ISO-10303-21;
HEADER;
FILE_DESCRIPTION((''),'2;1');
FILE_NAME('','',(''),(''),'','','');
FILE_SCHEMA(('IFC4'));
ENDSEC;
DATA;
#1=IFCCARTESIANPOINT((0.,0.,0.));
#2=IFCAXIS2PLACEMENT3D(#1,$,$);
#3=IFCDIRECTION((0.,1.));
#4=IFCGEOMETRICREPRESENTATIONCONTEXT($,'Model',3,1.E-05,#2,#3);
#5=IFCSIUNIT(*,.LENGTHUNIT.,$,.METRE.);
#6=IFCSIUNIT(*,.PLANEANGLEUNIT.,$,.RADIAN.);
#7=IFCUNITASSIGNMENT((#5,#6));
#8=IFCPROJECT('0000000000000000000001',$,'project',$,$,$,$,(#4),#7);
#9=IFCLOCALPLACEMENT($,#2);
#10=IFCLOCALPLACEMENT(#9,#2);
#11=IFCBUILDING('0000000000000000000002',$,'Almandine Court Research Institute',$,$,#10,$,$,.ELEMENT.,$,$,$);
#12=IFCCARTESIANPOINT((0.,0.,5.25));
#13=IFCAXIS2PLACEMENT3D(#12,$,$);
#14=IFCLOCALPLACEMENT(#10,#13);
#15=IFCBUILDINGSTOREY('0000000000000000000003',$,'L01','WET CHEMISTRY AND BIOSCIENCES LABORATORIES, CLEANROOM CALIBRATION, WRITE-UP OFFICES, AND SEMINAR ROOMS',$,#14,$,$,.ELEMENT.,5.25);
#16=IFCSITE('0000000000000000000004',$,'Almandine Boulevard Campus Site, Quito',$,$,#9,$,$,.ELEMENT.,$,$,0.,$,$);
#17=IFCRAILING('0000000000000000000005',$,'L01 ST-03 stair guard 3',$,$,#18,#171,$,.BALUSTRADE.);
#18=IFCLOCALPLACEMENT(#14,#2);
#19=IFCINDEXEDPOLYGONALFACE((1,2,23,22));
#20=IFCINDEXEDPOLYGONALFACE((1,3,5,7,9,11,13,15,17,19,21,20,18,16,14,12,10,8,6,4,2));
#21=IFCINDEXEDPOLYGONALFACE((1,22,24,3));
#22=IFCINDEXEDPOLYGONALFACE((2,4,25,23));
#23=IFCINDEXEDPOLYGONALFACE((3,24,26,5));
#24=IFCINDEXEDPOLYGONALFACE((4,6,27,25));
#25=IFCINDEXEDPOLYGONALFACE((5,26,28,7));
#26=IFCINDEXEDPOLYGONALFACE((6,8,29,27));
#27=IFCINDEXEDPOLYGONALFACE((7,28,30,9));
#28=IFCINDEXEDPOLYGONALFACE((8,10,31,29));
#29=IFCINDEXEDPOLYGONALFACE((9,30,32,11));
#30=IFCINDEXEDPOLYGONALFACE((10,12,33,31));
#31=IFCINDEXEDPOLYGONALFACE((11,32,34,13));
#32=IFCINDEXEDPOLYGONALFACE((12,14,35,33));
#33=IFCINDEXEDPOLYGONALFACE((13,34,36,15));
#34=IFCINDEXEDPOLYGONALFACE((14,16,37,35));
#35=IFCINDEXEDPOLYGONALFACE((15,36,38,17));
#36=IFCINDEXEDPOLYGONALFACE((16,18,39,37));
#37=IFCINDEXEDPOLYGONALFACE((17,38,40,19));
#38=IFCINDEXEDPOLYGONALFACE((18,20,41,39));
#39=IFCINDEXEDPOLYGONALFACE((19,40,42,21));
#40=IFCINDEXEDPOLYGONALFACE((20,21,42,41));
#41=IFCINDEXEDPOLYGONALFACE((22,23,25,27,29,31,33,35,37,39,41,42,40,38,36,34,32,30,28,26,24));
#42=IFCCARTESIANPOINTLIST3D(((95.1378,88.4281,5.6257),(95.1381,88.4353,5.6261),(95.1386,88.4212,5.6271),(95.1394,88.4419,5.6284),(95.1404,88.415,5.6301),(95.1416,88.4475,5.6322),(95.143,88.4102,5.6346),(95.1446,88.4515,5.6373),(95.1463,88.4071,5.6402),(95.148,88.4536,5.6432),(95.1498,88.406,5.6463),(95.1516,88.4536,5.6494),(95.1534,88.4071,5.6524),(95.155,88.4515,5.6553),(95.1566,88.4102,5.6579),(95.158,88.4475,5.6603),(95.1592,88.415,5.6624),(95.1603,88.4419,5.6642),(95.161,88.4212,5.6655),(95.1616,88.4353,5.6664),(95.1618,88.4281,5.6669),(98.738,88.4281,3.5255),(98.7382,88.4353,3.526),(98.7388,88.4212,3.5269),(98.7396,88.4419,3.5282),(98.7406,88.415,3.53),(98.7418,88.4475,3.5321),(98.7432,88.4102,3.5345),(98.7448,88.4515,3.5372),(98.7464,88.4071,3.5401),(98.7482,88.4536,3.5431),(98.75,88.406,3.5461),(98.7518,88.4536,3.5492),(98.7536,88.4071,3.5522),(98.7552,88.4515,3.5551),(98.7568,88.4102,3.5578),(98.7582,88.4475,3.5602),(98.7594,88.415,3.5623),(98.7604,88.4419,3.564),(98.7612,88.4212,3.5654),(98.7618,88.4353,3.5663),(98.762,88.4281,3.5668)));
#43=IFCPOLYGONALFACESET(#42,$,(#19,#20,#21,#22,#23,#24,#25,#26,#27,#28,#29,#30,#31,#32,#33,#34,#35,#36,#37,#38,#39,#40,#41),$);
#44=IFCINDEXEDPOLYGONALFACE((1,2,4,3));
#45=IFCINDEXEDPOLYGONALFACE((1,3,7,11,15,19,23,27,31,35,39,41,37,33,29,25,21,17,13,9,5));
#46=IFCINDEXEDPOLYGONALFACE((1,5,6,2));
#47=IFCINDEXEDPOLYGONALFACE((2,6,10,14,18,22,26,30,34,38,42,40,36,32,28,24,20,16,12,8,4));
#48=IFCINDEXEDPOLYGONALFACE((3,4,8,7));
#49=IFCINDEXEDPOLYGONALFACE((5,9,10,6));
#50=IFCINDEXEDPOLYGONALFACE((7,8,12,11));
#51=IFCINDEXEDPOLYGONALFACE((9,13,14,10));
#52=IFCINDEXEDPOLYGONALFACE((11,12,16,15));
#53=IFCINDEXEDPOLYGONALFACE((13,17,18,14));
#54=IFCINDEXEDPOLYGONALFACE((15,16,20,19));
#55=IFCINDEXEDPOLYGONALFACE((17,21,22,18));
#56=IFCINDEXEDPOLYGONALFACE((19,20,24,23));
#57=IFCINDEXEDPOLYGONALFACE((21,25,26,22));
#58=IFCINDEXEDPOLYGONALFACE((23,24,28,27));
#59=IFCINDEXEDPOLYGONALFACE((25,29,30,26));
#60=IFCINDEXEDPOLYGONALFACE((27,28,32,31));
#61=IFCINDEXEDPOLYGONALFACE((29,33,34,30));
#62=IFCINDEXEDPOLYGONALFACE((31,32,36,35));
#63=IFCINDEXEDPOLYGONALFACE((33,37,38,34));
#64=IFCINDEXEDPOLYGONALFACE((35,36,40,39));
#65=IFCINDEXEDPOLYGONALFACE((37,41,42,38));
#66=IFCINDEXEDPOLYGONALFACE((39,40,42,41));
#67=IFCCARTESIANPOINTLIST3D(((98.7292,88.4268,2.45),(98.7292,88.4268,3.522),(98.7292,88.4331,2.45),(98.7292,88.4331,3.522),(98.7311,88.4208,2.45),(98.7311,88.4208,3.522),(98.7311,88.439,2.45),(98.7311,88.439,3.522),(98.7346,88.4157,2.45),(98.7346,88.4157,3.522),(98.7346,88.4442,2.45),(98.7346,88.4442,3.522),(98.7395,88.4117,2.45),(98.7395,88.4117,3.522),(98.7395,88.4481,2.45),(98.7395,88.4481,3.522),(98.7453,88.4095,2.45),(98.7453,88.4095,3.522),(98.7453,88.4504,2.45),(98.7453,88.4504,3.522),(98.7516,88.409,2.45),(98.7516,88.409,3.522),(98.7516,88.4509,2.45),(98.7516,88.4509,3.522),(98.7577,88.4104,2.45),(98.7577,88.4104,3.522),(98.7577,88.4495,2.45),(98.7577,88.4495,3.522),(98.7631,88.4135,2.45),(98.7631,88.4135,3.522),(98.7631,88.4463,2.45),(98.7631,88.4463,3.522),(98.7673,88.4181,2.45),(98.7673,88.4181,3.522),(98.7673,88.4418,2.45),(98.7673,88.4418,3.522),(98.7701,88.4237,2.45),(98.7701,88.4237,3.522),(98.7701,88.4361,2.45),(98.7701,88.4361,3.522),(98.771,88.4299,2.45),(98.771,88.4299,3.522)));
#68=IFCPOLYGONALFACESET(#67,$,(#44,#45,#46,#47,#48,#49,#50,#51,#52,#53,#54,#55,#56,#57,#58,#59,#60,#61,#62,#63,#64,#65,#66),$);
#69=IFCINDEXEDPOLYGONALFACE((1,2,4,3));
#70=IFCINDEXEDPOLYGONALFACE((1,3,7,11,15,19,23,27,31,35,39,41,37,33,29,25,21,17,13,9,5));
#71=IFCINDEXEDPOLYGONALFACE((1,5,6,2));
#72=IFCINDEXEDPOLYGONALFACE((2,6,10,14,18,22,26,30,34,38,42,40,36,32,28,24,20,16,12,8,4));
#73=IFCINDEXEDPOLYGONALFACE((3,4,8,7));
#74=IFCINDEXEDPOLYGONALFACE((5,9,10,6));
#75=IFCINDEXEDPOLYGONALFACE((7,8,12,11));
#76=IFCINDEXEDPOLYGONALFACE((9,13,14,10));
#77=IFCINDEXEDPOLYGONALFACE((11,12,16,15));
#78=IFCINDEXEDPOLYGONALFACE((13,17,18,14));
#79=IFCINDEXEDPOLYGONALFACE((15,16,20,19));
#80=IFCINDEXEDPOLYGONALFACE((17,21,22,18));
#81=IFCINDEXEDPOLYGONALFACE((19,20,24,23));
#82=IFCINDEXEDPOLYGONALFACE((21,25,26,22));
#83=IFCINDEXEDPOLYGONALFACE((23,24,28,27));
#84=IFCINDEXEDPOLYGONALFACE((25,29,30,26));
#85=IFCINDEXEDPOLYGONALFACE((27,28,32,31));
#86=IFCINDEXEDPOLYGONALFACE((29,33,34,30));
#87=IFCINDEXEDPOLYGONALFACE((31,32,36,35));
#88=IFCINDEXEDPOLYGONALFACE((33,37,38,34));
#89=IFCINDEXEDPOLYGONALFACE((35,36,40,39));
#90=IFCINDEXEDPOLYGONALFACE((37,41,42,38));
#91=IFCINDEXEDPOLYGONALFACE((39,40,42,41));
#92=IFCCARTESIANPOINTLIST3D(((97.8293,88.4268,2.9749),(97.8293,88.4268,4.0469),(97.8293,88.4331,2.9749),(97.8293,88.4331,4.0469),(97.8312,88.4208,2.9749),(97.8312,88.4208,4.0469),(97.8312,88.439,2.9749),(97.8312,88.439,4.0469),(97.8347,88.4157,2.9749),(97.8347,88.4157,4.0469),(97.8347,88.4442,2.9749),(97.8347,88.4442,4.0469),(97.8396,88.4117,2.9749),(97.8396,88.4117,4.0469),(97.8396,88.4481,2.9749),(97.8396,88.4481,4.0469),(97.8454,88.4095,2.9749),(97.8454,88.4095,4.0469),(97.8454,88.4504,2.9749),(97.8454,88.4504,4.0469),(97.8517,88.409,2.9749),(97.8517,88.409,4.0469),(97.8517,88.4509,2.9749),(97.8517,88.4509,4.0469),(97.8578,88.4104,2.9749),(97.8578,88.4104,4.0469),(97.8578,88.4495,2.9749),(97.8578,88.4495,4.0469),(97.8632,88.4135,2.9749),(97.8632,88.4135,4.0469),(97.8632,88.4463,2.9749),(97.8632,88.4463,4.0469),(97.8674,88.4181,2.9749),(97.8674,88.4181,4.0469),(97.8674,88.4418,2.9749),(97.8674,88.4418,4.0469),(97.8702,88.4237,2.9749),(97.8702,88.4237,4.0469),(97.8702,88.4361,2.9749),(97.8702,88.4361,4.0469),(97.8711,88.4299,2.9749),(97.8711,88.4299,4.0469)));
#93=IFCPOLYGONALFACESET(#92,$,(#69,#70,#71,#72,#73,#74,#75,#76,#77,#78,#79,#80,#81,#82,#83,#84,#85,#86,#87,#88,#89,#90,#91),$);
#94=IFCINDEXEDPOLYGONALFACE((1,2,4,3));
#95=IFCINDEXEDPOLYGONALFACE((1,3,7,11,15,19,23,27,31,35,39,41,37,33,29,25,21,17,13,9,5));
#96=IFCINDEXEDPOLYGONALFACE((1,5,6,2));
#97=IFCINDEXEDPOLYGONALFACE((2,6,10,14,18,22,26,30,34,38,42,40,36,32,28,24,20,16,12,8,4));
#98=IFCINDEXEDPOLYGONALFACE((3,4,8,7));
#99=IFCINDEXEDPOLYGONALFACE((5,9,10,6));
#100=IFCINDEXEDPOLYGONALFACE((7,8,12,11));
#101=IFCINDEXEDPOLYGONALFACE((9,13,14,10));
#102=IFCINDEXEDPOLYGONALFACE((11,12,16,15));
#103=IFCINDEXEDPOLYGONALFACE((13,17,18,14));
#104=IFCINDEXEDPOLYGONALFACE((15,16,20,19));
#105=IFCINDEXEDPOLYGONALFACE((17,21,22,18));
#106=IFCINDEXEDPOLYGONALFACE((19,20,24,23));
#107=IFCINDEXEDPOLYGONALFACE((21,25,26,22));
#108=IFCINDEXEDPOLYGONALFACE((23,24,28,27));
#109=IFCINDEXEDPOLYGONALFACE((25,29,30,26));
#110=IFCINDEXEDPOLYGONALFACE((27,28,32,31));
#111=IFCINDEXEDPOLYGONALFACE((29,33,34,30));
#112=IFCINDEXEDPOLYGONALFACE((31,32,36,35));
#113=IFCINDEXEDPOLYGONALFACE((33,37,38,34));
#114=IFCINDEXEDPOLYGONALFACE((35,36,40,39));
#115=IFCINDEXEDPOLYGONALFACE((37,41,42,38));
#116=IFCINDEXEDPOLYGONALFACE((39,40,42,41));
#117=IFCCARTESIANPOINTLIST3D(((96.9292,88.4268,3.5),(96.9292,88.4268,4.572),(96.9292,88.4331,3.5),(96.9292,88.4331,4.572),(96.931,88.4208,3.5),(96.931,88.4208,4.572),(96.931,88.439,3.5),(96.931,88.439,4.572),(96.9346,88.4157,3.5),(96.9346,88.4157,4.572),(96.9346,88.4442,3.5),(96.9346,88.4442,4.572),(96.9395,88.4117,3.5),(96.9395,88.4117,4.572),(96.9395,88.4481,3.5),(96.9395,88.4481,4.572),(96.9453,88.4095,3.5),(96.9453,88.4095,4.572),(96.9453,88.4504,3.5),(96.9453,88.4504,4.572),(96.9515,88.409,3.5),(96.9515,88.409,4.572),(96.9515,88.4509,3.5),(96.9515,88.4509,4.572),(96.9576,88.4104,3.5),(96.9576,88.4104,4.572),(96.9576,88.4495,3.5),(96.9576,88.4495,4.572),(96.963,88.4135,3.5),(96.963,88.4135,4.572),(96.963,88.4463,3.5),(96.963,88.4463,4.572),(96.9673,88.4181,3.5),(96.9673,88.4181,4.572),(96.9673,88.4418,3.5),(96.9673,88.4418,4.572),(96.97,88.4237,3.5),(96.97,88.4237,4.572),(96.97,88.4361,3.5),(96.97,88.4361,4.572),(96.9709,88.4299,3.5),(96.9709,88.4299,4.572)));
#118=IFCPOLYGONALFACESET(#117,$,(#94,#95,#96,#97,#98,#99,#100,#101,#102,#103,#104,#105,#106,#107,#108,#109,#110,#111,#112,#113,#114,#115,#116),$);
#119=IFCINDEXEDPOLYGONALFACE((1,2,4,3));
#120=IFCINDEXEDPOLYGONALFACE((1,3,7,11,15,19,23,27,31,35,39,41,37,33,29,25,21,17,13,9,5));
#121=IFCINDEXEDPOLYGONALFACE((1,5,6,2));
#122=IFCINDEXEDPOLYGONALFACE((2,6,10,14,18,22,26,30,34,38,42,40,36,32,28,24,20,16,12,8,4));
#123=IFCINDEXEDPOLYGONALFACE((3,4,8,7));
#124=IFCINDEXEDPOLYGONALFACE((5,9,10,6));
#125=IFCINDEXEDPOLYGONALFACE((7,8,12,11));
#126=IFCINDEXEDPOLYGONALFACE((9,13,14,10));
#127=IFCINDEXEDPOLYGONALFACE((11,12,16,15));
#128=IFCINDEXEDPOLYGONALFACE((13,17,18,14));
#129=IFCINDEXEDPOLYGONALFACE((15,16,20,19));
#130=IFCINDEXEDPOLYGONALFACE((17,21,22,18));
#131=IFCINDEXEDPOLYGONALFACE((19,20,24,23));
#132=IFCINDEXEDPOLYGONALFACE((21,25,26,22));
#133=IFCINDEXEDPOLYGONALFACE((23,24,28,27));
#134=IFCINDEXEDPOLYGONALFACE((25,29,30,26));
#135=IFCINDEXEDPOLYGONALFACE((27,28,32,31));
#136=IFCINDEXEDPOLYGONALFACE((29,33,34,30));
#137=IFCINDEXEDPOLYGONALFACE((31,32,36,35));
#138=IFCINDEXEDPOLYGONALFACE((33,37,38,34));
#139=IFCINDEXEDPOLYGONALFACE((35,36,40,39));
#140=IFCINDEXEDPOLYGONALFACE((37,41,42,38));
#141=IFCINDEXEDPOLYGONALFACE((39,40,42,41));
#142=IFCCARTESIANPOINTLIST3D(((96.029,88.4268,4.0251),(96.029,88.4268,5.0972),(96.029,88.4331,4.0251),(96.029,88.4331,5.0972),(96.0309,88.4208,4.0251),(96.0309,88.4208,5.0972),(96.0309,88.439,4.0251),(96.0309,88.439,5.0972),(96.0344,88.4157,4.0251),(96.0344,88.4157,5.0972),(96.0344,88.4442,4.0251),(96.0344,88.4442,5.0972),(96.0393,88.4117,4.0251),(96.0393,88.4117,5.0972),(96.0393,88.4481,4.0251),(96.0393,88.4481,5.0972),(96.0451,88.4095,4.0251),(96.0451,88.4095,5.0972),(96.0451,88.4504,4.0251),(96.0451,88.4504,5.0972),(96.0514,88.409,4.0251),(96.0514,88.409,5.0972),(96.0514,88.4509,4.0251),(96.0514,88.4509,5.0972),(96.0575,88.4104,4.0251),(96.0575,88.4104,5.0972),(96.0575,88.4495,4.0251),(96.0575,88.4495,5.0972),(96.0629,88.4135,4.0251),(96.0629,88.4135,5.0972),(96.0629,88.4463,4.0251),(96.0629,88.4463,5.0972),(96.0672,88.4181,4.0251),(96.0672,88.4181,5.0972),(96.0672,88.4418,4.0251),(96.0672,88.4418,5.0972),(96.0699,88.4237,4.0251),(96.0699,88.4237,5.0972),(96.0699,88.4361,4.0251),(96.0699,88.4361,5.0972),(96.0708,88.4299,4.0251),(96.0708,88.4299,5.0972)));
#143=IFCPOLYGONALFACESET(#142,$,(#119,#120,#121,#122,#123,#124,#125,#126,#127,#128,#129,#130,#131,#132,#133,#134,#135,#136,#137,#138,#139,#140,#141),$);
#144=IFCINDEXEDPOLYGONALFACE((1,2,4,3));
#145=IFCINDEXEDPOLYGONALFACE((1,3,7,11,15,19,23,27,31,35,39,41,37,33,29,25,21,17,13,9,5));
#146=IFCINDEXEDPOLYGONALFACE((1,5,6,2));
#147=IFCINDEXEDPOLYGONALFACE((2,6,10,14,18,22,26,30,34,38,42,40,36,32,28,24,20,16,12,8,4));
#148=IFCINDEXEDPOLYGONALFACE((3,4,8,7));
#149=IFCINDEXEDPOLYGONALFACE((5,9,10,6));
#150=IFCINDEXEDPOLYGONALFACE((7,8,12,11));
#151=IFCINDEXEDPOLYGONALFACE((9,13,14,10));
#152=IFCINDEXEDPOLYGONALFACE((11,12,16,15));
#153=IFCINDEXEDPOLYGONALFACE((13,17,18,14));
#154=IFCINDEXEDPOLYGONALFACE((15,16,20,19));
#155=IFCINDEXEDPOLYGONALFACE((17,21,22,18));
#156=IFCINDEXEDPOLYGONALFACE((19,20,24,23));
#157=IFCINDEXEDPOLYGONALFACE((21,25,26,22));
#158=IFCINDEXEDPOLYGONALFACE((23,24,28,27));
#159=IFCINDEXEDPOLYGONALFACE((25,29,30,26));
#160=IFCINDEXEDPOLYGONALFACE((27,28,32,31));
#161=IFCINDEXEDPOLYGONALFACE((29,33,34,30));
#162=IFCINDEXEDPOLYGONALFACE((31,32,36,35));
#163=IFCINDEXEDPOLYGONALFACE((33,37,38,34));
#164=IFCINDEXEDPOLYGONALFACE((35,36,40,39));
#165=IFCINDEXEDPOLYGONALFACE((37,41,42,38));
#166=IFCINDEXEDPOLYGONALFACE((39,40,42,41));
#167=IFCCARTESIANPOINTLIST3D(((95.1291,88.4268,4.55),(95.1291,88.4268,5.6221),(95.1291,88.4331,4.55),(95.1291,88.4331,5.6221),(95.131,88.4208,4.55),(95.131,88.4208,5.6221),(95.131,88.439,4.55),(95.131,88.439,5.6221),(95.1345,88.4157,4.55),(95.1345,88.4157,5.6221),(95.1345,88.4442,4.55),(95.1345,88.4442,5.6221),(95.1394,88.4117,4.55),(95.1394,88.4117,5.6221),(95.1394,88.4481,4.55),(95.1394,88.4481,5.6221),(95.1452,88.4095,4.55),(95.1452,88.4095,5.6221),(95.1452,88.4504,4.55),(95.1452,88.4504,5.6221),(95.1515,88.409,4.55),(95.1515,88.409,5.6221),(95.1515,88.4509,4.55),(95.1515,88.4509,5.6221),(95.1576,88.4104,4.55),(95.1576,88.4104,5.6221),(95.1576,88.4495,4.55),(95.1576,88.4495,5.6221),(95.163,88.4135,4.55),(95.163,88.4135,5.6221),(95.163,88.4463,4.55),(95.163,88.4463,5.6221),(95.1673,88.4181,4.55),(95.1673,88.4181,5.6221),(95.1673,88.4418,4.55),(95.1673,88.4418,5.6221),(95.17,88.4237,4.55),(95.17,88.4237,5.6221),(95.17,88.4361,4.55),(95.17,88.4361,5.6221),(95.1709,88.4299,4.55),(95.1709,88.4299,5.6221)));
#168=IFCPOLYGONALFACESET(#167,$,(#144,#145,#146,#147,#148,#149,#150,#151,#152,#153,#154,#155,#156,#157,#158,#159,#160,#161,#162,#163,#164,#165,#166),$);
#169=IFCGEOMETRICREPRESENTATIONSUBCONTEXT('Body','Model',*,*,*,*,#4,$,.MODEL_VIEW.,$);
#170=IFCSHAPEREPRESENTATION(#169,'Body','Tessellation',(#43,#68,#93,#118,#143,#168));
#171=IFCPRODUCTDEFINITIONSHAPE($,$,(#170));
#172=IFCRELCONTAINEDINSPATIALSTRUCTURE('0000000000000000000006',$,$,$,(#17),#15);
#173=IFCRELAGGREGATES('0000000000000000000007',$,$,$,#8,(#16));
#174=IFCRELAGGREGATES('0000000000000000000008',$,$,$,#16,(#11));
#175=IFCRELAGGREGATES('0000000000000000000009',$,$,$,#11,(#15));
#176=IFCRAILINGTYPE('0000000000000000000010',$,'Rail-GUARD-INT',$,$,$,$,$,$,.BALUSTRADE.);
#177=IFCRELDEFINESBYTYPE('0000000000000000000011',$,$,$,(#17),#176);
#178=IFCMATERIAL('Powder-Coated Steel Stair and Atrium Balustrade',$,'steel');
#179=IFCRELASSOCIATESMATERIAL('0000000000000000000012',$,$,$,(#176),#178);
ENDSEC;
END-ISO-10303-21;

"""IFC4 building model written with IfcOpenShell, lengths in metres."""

from ifc_helpers import new_model, si_unit, direction, frame, origin, origin_2d, place, context, subcontext, project, spatial, circle, extrude, material, type_object, element, save


model = new_model("IFC4")

# Units and contexts
model_context = context("Model", 3, precision=1e-05, world=origin(), true_north=direction((0.0, 1.0)))
body_context = subcontext(model_context, "Body", "Model", "MODEL_VIEW")
ifc_project = project(units=[si_unit("LENGTHUNIT", "METRE"), si_unit("PLANEANGLEUNIT", "RADIAN")], contexts=[model_context])

# Site, building, storey
site_placement = place(None, origin())
site = spatial("IfcSite", under=ifc_project, at=site_placement, Name="Almandine Boulevard Campus Site, Quito", CompositionType="ELEMENT", RefElevation=0.0)
building_placement = place(site_placement, origin())
building = spatial("IfcBuilding", under=site, at=building_placement, Name="Almandine Court Research Institute", CompositionType="ELEMENT")
storey_placement = place(building_placement, frame((0.0, 0.0, 5.25)))
storey = spatial("IfcBuildingStorey", under=building, at=storey_placement, Name="L01", Description="WET CHEMISTRY AND BIOSCIENCES LABORATORIES, CLEANROOM CALIBRATION, WRITE-UP OFFICES, AND SEMINAR ROOMS", CompositionType="ELEMENT", Elevation=5.25)

# Railing
ifc_material_1 = material(Name="Powder-Coated Steel Stair and Atrium Balustrade", Category="steel")
railing_type_1 = type_object("IfcRailingType", Name="Rail-GUARD-INT", PredefinedType="BALUSTRADE", material=ifc_material_1)
railing_1_placement = place(storey_placement, frame((98.75, 88.4299, 2.45)))
element("IfcRailing", 1, at=railing_1_placement, inside=storey, type_object=railing_type_1, Name="L01 ST-03 stair guard 3", PredefinedType="BALUSTRADE", context=body_context, shape_type="SweptSolid", body=[
    extrude(circle(Radius=0.0239, at=origin_2d()), frame((0.0, 0.0, 1.0962), z_axis=(-0.863775, 0.0, 0.503878), x_axis=(0.0, -1.0, 0.0)), (0.0, 0.0, 1.0), 4.168),
    extrude(circle(Radius=0.021, at=origin_2d()), origin(), (0.0, 0.0, 1.0), 1.072),
    extrude(circle(Radius=0.021, at=origin_2d()), frame((-0.8999, 0.0, 0.5249)), (0.0, 0.0, 1.0), 1.072),
    extrude(circle(Radius=0.021, at=origin_2d()), frame((-1.8, 0.0, 1.05)), (0.0, 0.0, 1.0), 1.072),
    extrude(circle(Radius=0.021, at=origin_2d()), frame((-2.7002, 0.0, 1.5752)), (0.0, 0.0, 1.0), 1.072),
    extrude(circle(Radius=0.021, at=origin_2d()), frame((-3.6001, 0.0, 2.1001)), (0.0, 0.0, 1.0), 1.072),
])

save(model, "model.ifc")
